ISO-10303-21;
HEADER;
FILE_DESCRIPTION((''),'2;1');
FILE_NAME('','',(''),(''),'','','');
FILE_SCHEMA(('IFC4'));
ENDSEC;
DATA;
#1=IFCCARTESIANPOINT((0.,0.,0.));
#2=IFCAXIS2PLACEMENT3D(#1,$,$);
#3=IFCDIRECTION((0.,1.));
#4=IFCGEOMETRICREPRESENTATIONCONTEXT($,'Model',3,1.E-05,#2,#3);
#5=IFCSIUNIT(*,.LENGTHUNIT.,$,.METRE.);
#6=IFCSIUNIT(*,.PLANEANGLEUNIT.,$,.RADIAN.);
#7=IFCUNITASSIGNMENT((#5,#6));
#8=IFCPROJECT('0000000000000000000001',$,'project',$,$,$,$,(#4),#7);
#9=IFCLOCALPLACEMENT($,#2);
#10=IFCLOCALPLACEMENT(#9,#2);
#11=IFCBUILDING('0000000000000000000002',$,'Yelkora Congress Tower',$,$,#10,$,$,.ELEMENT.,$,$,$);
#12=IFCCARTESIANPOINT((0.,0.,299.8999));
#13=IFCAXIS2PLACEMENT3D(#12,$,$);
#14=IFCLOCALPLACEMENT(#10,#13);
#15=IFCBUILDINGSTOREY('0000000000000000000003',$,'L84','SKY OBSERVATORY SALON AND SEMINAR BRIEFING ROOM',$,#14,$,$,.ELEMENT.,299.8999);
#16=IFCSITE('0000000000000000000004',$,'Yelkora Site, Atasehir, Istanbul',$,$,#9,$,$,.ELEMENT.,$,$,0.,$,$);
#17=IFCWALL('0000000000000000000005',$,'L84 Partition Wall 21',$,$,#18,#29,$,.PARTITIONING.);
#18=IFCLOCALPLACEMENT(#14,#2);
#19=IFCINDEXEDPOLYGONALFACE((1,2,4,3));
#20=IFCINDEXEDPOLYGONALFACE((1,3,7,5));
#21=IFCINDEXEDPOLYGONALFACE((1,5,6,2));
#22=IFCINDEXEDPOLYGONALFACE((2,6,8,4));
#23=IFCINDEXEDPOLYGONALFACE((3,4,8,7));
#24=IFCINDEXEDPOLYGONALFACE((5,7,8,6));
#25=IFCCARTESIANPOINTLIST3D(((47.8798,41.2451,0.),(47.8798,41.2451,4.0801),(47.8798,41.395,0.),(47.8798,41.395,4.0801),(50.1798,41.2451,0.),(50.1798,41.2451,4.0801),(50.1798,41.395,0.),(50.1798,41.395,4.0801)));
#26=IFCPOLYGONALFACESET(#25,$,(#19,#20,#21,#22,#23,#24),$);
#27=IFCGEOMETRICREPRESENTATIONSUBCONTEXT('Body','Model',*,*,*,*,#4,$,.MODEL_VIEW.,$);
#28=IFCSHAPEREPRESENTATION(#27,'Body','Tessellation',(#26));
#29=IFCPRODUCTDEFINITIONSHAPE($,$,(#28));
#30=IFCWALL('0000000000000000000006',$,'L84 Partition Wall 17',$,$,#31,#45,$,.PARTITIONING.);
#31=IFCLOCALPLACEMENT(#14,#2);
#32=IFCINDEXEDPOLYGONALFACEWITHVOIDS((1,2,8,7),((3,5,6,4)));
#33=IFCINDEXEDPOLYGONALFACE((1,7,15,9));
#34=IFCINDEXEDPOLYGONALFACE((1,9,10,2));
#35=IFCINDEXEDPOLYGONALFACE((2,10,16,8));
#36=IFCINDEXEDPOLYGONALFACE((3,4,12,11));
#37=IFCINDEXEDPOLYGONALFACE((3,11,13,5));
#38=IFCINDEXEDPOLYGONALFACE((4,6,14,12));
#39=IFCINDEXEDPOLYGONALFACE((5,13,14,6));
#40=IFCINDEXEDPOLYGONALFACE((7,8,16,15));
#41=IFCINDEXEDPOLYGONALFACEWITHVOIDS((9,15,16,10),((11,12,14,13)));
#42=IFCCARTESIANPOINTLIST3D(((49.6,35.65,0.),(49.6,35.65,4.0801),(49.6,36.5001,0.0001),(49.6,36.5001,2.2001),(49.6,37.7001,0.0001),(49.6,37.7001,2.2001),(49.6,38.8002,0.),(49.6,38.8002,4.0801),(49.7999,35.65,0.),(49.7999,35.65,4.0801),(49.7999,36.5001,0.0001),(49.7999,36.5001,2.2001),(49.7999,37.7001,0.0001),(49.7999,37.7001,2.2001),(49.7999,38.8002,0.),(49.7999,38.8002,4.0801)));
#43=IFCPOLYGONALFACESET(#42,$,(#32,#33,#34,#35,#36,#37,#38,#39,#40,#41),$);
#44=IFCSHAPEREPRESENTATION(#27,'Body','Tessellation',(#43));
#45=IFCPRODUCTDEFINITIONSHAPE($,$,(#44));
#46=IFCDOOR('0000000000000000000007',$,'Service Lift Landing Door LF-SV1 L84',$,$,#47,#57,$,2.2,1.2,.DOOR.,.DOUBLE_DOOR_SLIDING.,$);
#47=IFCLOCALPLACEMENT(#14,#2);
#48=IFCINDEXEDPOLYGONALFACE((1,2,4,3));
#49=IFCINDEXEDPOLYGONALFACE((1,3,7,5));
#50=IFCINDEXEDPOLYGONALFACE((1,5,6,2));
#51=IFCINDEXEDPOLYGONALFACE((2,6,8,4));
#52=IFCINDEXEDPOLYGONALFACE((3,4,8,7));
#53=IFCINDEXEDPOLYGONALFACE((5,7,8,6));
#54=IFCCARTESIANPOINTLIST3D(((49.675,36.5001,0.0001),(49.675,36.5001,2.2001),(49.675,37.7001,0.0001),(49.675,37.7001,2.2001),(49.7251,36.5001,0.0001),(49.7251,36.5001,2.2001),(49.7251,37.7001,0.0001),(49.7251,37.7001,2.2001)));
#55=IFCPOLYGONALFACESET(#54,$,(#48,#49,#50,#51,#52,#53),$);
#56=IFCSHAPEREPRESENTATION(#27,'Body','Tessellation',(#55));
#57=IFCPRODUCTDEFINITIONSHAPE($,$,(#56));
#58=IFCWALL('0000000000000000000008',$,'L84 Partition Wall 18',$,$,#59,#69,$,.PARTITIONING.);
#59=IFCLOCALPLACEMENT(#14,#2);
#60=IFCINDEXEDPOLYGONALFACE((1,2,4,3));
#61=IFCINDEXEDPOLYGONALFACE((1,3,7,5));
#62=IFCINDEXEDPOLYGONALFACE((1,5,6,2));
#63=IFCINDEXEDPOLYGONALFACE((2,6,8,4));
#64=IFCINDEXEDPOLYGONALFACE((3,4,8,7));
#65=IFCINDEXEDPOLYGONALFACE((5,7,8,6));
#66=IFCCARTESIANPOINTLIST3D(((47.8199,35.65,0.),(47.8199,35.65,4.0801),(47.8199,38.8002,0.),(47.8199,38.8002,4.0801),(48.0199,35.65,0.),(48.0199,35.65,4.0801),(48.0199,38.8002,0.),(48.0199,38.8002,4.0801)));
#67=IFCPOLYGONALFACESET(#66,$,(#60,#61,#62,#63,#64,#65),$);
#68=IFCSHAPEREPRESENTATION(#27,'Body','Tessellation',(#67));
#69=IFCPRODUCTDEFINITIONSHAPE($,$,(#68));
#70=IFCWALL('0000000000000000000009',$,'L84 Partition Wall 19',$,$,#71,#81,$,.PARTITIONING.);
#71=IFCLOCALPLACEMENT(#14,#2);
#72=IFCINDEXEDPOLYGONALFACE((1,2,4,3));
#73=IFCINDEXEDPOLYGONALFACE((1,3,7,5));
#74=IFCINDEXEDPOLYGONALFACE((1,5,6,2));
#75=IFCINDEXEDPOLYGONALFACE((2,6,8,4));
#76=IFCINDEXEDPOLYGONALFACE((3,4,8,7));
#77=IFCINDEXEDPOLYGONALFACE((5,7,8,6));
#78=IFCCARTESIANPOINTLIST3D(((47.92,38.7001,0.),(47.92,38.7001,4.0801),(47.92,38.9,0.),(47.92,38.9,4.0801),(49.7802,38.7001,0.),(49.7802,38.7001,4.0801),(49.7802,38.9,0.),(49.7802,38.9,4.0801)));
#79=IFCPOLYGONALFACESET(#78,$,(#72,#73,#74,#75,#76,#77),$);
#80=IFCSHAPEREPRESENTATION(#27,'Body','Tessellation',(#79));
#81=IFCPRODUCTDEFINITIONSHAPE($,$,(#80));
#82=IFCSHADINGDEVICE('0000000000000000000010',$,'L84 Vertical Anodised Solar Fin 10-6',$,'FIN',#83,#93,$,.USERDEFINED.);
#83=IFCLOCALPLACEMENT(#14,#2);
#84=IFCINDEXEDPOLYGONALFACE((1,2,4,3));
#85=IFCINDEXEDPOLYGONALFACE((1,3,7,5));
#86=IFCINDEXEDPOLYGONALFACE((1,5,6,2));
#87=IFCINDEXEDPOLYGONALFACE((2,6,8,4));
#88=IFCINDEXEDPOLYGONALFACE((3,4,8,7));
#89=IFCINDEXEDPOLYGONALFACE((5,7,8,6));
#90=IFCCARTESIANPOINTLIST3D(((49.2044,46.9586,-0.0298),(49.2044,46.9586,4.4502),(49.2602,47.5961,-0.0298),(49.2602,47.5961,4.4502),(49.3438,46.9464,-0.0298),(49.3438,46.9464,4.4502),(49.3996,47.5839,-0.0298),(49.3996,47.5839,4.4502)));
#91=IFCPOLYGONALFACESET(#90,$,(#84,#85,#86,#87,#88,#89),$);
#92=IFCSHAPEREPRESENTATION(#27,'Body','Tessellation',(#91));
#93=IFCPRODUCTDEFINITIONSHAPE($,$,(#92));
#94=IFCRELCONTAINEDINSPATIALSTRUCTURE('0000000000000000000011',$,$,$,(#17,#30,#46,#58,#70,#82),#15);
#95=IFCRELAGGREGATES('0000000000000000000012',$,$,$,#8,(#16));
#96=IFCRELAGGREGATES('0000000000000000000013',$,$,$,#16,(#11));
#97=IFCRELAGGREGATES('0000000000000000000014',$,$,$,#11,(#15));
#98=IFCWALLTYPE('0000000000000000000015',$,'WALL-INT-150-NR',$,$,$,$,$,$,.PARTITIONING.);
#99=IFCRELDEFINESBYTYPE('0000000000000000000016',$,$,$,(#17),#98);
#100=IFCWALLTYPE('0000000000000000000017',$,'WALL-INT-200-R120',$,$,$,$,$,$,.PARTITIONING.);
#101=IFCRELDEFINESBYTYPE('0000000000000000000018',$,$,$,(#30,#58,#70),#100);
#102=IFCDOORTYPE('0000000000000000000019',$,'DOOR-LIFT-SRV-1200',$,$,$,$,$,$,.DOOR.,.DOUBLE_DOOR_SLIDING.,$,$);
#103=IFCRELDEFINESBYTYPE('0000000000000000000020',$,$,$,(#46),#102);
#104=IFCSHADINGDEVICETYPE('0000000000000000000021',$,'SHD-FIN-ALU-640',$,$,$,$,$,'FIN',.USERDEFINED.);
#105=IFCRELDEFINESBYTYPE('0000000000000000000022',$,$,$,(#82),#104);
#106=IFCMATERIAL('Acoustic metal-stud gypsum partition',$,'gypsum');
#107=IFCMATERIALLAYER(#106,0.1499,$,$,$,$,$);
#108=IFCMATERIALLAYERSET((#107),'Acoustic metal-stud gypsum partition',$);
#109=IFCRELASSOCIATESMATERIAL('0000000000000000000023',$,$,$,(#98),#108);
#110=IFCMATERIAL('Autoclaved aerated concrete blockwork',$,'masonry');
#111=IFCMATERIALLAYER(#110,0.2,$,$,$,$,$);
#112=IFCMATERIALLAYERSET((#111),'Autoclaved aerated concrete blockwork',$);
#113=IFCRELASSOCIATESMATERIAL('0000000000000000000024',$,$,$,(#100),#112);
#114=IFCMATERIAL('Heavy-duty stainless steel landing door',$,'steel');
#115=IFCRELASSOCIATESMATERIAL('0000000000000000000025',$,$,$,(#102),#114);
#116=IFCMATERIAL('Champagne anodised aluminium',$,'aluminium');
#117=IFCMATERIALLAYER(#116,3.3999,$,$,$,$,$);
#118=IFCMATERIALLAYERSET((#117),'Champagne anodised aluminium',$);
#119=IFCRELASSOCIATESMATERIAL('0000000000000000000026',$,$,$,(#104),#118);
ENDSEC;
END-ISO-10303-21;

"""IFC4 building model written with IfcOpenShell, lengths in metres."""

from ifc_helpers import new_model, si_unit, direction, frame, frame_2d, origin, origin_2d, place, context, subcontext, project, spatial, rectangle, extrude, material, layer, layer_set, type_object, element, fill, save


model = new_model("IFC4")

# Units and contexts
model_context = context("Model", 3, precision=1e-05, world=origin(), true_north=direction((0.0, 1.0)))
body_context = subcontext(model_context, "Body", "Model", "MODEL_VIEW")
ifc_project = project(units=[si_unit("LENGTHUNIT", "METRE"), si_unit("PLANEANGLEUNIT", "RADIAN")], contexts=[model_context])

# Site, building, storey
site_placement = place(None, origin())
site = spatial("IfcSite", under=ifc_project, at=site_placement, Name="Yelkora Site, Atasehir, Istanbul", CompositionType="ELEMENT", RefElevation=0.0)
building_placement = place(site_placement, origin())
building = spatial("IfcBuilding", under=site, at=building_placement, Name="Yelkora Congress Tower", CompositionType="ELEMENT")
storey_placement = place(building_placement, frame((0.0, 0.0, 299.8999)))
storey = spatial("IfcBuildingStorey", under=building, at=storey_placement, Name="L84", Description="SKY OBSERVATORY SALON AND SEMINAR BRIEFING ROOM", CompositionType="ELEMENT", Elevation=299.8999)

# Shared definitions
ifc_material_1 = material(Name="Acoustic metal-stud gypsum partition", Category="gypsum")
ifc_layer_1 = layer(ifc_material_1, 0.1499)
ifc_layer_set_1 = layer_set([ifc_layer_1], Name="Acoustic metal-stud gypsum partition")
wall_type_1 = type_object("IfcWallType", Name="WALL-INT-150-NR", PredefinedType="PARTITIONING", material=ifc_layer_set_1)

# Wall
wall_1_placement = place(storey_placement, frame((47.8799, 41.3201, 0.0), z_axis=(0.0, 0.0, 1.0), x_axis=(1.0, 0.0, 0.0)))
element("IfcWall", 1, at=wall_1_placement, inside=storey, type_object=wall_type_1, Name="L84 Partition Wall 21", PredefinedType="PARTITIONING", context=body_context, shape_type="SweptSolid", body=[
    extrude(rectangle(XDim=2.3, YDim=0.1499, at=frame_2d((1.1499, 0.0))), origin(), (0.0, 0.0, 1.0), 4.0801),
])

# Wall, opening, door
ifc_material_2 = material(Name="Autoclaved aerated concrete blockwork", Category="masonry")
ifc_layer_2 = layer(ifc_material_2, 0.2)
ifc_layer_set_2 = layer_set([ifc_layer_2], Name="Autoclaved aerated concrete blockwork")
wall_type_2 = type_object("IfcWallType", Name="WALL-INT-200-R120", PredefinedType="PARTITIONING", material=ifc_layer_set_2)
wall_2_placement = place(storey_placement, frame((49.7, 35.6499, 0.0), z_axis=(0.0, 0.0, 1.0), x_axis=(0.0, 1.0, 0.0)))
wall_2 = element("IfcWall", 2, at=wall_2_placement, inside=storey, type_object=wall_type_2, Name="L84 Partition Wall 17", PredefinedType="PARTITIONING", context=body_context, shape_type="SweptSolid", body=[
    extrude(rectangle(XDim=3.1501, YDim=0.2, at=frame_2d((1.5752, 0.0))), origin(), (0.0, 0.0, 1.0), 4.0801),
])
opening_1_placement = place(wall_2_placement, frame((0.8501, 0.0, 0.0)))
opening_1 = element("IfcOpeningElement", 3, at=opening_1_placement, cuts=wall_2, PredefinedType="OPENING", context=body_context, shape_type="SweptSolid", body=[
    extrude(rectangle(XDim=1.2, YDim=2.2, at=frame_2d((0.6001, 1.1001))), frame((0.0, 0.1099, 0.0), z_axis=(0.0, -1.0, 0.0), x_axis=(1.0, 0.0, 0.0)), (0.0, 0.0, 1.0), 0.22),
])
ifc_material_3 = material(Name="Heavy-duty stainless steel landing door", Category="steel")
door_type_1 = type_object("IfcDoorType", Name="DOOR-LIFT-SRV-1200", OperationType="DOUBLE_DOOR_SLIDING", PredefinedType="DOOR", material=ifc_material_3)
door_1_placement = place(opening_1_placement, origin())
door_1 = element("IfcDoor", 4, at=door_1_placement, inside=storey, type_object=door_type_1, Name="Service Lift Landing Door LF-SV1 L84", OperationType="DOUBLE_DOOR_SLIDING", OverallHeight=2.2, OverallWidth=1.2, PredefinedType="DOOR", context=body_context, shape_type="SweptSolid", body=[
    extrude(rectangle(XDim=1.2, YDim=2.2, at=frame_2d((0.6001, 1.1001))), frame((0.0, 0.0249, 0.0), z_axis=(0.0, -1.0, 0.0), x_axis=(1.0, 0.0, 0.0)), (0.0, 0.0, 1.0), 0.05),
])
fill(opening_1, door_1)

# Walls
wall_3_placement = place(storey_placement, frame((47.9199, 35.6499, 0.0), z_axis=(0.0, 0.0, 1.0), x_axis=(0.0, 1.0, 0.0)))
element("IfcWall", 5, at=wall_3_placement, inside=storey, type_object=wall_type_2, Name="L84 Partition Wall 18", PredefinedType="PARTITIONING", context=body_context, shape_type="SweptSolid", body=[
    extrude(rectangle(XDim=3.1501, YDim=0.2, at=frame_2d((1.5752, 0.0))), origin(), (0.0, 0.0, 1.0), 4.0801),
])
wall_4_placement = place(storey_placement, frame((47.9199, 38.8, 0.0), z_axis=(0.0, 0.0, 1.0), x_axis=(1.0, 0.0, 0.0)))
element("IfcWall", 6, at=wall_4_placement, inside=storey, type_object=wall_type_2, Name="L84 Partition Wall 19", PredefinedType="PARTITIONING", context=body_context, shape_type="SweptSolid", body=[
    extrude(rectangle(XDim=1.8601, YDim=0.2, at=frame_2d((0.9302, 0.0))), origin(), (0.0, 0.0, 1.0), 4.0801),
])

# Shading device
ifc_material_4 = material(Name="Champagne anodised aluminium", Category="aluminium")
ifc_layer_3 = layer(ifc_material_4, 3.3999)
ifc_layer_set_3 = layer_set([ifc_layer_3], Name="Champagne anodised aluminium")
shading_device_type = type_object("IfcShadingDeviceType", Name="SHD-FIN-ALU-640", ElementType="FIN", PredefinedType="USERDEFINED", material=ifc_layer_set_3)
shading_device_placement = place(storey_placement, frame((49.302, 47.2712, -0.0298), z_axis=(0.0, 0.0, 1.0), x_axis=(0.996195, -0.087156, 0.0)))
element("IfcShadingDevice", 7, at=shading_device_placement, inside=storey, type_object=shading_device_type, Name="L84 Vertical Anodised Solar Fin 10-6", ObjectType="FIN", PredefinedType="USERDEFINED", context=body_context, shape_type="SweptSolid", body=[
    extrude(rectangle(XDim=0.1399, YDim=0.6399, at=origin_2d()), origin(), (0.0, 0.0, 1.0), 4.48),
])

save(model, "model.ifc")
